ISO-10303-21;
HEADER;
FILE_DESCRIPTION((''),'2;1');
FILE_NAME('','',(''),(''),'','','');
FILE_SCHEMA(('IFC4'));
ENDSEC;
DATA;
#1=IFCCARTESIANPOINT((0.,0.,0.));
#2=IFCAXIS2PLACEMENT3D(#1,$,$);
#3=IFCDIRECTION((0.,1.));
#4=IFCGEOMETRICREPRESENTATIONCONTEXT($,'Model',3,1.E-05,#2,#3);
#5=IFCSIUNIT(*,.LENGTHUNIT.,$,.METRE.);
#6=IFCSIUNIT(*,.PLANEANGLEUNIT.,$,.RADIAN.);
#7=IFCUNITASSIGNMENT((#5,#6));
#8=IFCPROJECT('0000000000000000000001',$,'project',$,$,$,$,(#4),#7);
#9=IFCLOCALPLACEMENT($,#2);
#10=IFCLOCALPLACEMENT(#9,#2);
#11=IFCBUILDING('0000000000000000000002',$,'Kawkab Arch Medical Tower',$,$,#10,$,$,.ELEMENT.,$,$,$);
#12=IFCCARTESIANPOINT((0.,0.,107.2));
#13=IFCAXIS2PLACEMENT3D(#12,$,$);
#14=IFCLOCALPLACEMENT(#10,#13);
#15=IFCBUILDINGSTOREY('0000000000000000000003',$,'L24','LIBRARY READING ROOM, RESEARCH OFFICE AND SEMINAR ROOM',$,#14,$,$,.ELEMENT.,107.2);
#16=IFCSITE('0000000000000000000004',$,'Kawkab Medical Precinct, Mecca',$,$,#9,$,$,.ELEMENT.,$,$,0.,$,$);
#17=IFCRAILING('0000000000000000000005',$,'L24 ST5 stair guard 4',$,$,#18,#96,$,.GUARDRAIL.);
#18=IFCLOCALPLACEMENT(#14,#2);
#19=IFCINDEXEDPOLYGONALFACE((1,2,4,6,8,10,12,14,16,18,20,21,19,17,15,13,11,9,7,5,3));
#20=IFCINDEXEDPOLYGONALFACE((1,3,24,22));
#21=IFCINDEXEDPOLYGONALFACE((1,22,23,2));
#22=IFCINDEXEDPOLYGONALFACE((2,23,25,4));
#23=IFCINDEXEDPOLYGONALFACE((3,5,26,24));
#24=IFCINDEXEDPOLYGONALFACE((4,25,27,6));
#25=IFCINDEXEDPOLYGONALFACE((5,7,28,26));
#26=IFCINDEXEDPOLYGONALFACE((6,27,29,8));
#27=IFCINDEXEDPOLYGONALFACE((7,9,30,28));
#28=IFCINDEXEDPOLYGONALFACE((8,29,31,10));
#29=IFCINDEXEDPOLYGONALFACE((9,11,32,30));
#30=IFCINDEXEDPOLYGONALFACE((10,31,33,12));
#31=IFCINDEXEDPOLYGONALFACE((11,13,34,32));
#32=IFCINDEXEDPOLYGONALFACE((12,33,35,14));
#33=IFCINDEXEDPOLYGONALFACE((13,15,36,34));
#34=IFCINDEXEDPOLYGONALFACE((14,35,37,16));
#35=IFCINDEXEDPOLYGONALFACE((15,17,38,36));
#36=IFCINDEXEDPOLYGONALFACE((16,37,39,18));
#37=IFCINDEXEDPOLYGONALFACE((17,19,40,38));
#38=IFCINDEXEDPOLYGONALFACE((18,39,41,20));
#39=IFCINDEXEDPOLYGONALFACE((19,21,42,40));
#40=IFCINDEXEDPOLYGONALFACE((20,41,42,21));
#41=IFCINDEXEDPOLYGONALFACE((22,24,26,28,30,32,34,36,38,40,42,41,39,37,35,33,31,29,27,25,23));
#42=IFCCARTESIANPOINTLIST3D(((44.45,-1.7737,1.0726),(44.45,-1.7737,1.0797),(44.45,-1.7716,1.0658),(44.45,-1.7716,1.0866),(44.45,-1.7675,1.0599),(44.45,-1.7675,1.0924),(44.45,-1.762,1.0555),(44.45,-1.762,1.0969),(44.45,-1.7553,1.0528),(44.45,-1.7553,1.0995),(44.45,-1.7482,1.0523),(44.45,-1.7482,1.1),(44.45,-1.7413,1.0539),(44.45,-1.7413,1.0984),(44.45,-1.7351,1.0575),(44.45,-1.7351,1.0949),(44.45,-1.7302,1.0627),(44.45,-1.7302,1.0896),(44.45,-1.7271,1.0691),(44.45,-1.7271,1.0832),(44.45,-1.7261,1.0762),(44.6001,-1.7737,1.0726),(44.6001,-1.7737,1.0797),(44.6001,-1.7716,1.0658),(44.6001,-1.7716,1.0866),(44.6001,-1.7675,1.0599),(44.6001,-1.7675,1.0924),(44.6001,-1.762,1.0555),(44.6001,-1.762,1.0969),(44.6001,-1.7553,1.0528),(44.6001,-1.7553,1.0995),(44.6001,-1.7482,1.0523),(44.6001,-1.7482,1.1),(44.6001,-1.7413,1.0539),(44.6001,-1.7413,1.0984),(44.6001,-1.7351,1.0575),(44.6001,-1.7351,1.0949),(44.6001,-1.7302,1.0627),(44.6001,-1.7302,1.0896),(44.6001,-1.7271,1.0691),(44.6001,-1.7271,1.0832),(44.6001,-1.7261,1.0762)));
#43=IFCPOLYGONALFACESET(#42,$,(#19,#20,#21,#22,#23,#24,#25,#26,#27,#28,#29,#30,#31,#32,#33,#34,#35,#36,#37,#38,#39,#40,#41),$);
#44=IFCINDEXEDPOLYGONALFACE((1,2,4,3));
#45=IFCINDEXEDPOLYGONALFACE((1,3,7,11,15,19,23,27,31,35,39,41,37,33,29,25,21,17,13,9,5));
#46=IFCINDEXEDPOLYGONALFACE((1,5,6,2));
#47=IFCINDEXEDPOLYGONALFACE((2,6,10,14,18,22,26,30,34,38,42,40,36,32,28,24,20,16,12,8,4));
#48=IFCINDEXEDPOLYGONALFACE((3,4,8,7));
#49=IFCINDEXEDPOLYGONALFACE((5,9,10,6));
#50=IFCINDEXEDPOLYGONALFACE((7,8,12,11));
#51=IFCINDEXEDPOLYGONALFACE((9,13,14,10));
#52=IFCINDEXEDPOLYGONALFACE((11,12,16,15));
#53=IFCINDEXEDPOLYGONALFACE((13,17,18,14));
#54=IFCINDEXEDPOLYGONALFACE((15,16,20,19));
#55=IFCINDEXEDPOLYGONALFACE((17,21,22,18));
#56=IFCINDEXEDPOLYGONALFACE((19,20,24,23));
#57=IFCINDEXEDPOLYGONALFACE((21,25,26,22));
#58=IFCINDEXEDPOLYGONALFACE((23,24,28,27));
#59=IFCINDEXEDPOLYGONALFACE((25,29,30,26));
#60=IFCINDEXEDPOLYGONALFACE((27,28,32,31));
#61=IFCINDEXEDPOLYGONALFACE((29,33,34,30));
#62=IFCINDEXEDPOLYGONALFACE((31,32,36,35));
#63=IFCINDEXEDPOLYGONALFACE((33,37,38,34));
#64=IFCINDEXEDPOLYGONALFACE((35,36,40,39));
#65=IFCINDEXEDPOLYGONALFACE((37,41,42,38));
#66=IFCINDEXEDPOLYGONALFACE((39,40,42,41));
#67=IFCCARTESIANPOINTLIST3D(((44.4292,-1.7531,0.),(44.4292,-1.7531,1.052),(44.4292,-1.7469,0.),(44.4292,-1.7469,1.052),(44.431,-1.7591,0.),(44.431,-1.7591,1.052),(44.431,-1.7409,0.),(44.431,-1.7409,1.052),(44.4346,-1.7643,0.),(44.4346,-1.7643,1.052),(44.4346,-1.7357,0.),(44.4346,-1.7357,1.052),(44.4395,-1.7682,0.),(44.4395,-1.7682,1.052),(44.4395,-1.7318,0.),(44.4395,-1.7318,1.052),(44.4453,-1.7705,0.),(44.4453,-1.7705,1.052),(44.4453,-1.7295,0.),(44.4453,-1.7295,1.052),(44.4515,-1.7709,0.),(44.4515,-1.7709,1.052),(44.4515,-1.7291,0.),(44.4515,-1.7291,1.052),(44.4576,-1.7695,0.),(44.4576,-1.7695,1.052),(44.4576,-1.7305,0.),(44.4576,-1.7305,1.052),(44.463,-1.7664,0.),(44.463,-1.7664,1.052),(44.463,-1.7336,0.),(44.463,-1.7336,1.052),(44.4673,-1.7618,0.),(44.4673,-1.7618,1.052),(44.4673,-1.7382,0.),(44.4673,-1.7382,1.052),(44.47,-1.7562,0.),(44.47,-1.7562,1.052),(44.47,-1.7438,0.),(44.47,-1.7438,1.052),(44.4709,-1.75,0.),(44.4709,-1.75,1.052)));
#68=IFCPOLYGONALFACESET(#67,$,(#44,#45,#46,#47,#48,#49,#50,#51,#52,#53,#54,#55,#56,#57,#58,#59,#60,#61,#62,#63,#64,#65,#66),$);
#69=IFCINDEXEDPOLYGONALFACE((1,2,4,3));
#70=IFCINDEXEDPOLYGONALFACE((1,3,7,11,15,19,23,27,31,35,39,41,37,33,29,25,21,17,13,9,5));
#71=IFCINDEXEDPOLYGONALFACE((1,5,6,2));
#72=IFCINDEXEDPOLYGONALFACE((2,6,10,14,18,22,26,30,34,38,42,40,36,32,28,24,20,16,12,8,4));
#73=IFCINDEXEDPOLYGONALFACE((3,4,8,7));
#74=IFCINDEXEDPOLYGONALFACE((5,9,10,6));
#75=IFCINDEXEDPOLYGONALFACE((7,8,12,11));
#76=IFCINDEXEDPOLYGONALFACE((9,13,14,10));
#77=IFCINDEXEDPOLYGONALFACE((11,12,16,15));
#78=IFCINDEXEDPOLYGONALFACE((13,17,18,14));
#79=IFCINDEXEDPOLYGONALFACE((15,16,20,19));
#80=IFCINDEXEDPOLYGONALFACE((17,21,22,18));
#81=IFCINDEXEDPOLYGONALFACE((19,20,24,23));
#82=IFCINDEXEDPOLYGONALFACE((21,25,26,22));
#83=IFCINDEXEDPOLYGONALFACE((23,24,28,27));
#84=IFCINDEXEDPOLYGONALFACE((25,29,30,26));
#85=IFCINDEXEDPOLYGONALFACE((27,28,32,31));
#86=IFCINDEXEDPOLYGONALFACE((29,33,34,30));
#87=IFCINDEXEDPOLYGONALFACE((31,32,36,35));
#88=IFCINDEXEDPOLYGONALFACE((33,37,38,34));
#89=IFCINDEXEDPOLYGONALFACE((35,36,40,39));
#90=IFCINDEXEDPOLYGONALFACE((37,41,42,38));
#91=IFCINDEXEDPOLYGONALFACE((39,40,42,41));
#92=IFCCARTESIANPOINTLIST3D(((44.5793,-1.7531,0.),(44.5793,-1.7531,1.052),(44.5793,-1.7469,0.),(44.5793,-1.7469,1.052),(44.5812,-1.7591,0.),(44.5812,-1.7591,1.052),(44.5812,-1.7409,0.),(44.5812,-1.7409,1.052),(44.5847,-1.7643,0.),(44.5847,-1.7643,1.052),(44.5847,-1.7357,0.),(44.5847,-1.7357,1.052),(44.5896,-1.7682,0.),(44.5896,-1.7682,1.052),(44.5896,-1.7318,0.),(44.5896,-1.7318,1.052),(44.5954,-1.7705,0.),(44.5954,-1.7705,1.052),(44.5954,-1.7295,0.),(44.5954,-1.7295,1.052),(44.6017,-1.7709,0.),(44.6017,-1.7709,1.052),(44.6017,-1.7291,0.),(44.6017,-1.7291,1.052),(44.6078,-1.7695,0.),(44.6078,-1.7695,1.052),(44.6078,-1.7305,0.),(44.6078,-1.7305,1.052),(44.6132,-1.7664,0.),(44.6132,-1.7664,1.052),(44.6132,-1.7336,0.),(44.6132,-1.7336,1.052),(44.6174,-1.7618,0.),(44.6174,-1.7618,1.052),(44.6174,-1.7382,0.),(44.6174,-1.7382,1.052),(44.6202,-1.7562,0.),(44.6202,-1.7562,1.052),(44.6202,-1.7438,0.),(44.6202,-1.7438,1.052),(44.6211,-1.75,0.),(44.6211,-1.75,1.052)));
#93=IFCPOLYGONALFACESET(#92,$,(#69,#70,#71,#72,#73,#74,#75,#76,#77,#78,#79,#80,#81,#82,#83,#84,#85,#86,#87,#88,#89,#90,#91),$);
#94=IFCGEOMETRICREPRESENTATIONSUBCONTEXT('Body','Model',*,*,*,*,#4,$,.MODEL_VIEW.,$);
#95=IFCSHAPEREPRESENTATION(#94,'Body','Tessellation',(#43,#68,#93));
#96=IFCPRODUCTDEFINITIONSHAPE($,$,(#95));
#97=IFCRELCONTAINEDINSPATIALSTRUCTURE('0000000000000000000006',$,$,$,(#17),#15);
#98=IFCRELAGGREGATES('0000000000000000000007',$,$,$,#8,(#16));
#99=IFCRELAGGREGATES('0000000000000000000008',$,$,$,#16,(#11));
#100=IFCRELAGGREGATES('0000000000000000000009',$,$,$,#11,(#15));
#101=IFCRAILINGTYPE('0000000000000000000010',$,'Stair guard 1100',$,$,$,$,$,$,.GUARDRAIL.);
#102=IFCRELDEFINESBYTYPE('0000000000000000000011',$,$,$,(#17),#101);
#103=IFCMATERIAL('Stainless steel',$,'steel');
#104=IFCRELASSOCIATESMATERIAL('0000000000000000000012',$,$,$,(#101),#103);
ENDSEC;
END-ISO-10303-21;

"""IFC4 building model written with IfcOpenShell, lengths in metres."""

from ifc_helpers import new_model, si_unit, direction, frame, origin, origin_2d, place, context, subcontext, project, spatial, circle, extrude, material, type_object, element, save


model = new_model("IFC4")

# Units and contexts
model_context = context("Model", 3, precision=1e-05, world=origin(), true_north=direction((0.0, 1.0)))
body_context = subcontext(model_context, "Body", "Model", "MODEL_VIEW")
ifc_project = project(units=[si_unit("LENGTHUNIT", "METRE"), si_unit("PLANEANGLEUNIT", "RADIAN")], contexts=[model_context])

# Site, building, storey
site_placement = place(None, origin())
site = spatial("IfcSite", under=ifc_project, at=site_placement, Name="Kawkab Medical Precinct, Mecca", CompositionType="ELEMENT", RefElevation=0.0)
building_placement = place(site_placement, origin())
building = spatial("IfcBuilding", under=site, at=building_placement, Name="Kawkab Arch Medical Tower", CompositionType="ELEMENT")
storey_placement = place(building_placement, frame((0.0, 0.0, 107.2)))
storey = spatial("IfcBuildingStorey", under=building, at=storey_placement, Name="L24", Description="LIBRARY READING ROOM, RESEARCH OFFICE AND SEMINAR ROOM", CompositionType="ELEMENT", Elevation=107.2)

# Railing
ifc_material_1 = material(Name="Stainless steel", Category="steel")
railing_type = type_object("IfcRailingType", Name="Stair guard 1100", PredefinedType="GUARDRAIL", material=ifc_material_1)
railing_1_placement = place(storey_placement, frame((44.45, -1.75, 0.0)))
element("IfcRailing", 1, at=railing_1_placement, inside=storey, type_object=railing_type, Name="L24 ST5 stair guard 4", PredefinedType="GUARDRAIL", context=body_context, shape_type="SweptSolid", body=[
    extrude(circle(Radius=0.0239, at=origin_2d()), frame((0.0, 0.0, 1.0762), z_axis=(1.0, 0.0, 0.0), x_axis=(0.0, 1.0, 0.0)), (0.0, 0.0, 1.0), 0.1501),
    extrude(circle(Radius=0.021, at=origin_2d()), origin(), (0.0, 0.0, 1.0), 1.052),
    extrude(circle(Radius=0.021, at=origin_2d()), frame((0.1501, 0.0, 0.0)), (0.0, 0.0, 1.0), 1.052),
])

save(model, "model.ifc")
